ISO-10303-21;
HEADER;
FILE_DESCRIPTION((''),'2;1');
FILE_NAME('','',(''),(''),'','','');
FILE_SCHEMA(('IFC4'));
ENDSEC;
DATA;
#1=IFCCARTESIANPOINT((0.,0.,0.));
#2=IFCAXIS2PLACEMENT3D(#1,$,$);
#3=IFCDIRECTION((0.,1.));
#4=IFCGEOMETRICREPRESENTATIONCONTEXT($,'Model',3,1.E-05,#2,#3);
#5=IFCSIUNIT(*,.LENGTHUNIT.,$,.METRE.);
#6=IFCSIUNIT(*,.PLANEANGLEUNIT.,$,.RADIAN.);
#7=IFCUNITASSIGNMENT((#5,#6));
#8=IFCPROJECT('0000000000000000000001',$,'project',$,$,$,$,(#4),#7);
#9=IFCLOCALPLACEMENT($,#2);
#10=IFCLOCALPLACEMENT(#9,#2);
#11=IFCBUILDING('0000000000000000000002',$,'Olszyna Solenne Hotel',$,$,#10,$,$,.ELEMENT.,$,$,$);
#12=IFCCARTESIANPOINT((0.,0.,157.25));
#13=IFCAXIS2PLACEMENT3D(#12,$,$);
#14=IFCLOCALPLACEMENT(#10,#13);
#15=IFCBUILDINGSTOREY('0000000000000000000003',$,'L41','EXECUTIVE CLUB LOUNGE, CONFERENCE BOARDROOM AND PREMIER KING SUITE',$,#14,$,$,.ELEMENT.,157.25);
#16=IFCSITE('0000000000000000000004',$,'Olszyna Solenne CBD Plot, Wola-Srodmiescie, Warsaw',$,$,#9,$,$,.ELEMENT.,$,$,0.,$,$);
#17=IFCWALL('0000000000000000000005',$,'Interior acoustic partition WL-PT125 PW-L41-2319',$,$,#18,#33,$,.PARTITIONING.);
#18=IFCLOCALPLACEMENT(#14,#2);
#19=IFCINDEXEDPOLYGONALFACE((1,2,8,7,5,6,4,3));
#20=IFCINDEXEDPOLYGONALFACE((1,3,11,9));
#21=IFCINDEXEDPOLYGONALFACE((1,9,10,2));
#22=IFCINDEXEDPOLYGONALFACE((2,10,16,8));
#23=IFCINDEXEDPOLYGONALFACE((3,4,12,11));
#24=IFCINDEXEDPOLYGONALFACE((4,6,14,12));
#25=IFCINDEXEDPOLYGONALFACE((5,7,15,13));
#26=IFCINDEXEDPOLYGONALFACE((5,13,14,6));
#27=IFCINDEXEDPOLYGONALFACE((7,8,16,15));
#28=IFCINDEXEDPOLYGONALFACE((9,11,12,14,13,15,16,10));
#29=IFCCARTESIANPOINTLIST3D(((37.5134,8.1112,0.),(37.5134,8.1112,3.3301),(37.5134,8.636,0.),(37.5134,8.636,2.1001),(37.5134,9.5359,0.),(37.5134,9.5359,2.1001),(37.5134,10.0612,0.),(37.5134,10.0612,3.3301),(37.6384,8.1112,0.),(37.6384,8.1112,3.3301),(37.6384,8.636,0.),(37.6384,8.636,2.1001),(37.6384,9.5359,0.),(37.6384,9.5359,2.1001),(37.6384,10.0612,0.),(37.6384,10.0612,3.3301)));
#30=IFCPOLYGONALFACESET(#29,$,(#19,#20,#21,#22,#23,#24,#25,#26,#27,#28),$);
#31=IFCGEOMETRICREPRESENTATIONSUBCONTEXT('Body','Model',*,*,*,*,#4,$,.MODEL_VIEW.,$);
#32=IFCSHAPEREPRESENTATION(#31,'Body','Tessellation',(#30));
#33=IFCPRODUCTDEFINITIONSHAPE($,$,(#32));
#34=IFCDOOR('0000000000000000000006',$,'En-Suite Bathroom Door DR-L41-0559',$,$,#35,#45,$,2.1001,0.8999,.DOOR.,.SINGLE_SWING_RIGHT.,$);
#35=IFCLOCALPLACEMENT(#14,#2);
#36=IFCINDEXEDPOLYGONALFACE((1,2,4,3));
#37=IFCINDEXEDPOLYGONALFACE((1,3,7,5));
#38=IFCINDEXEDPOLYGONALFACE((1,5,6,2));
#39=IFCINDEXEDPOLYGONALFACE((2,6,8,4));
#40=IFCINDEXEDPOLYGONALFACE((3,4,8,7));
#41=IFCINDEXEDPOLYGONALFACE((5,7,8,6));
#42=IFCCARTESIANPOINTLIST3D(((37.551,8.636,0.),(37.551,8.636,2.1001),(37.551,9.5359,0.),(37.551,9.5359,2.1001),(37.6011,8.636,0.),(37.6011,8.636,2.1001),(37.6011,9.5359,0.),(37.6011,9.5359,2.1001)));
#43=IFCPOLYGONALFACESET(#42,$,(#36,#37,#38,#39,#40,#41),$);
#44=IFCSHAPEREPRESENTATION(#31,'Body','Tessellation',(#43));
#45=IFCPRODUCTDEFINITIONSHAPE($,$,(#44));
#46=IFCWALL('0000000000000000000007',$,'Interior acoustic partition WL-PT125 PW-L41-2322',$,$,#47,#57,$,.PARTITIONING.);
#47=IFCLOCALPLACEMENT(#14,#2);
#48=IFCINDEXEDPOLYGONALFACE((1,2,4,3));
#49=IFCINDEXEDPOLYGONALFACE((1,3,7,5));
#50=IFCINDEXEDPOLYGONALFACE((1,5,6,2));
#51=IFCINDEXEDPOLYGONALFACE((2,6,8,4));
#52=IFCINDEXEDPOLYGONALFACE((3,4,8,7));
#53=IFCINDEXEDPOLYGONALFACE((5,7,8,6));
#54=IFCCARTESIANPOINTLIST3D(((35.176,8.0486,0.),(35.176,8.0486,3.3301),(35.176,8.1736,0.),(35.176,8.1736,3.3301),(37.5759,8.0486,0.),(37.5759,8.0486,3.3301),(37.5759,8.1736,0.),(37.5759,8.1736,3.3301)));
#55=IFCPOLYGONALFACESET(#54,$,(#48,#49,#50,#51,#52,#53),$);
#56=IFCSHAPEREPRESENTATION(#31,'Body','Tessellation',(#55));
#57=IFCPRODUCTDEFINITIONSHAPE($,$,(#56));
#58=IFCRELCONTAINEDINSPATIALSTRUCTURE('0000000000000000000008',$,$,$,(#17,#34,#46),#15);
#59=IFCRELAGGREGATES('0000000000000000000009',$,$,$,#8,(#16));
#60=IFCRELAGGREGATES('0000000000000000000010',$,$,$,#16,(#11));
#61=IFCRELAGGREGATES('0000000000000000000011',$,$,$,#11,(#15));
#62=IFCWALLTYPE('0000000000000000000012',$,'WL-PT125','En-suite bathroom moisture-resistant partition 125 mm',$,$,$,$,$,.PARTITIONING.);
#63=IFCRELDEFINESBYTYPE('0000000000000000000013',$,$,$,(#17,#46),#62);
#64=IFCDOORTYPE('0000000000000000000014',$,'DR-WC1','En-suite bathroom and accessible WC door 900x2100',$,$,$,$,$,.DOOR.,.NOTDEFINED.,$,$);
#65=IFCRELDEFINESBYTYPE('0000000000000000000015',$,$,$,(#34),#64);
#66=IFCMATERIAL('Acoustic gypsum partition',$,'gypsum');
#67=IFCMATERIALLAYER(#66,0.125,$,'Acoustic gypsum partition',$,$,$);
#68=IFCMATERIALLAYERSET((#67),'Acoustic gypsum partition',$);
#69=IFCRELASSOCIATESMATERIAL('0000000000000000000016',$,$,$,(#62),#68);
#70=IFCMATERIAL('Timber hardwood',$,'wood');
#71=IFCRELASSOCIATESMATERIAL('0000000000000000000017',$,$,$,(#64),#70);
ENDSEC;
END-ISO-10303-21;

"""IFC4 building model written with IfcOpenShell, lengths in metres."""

from ifc_helpers import new_model, si_unit, direction, frame, frame_2d, origin, place, context, subcontext, project, spatial, rectangle, extrude, source, transform, mapped, material, layer, layer_set, type_object, type_shapes, element, fill, save


model = new_model("IFC4")

# Units and contexts
model_context = context("Model", 3, precision=1e-05, world=origin(), true_north=direction((0.0, 1.0)))
body_context = subcontext(model_context, "Body", "Model", "MODEL_VIEW")
ifc_project = project(units=[si_unit("LENGTHUNIT", "METRE"), si_unit("PLANEANGLEUNIT", "RADIAN")], contexts=[model_context])

# Site, building, storey
site_placement = place(None, origin())
site = spatial("IfcSite", under=ifc_project, at=site_placement, Name="Olszyna Solenne CBD Plot, Wola-Srodmiescie, Warsaw", CompositionType="ELEMENT", RefElevation=0.0)
building_placement = place(site_placement, origin())
building = spatial("IfcBuilding", under=site, at=building_placement, Name="Olszyna Solenne Hotel", CompositionType="ELEMENT")
storey_placement = place(building_placement, frame((0.0, 0.0, 157.25)))
storey = spatial("IfcBuildingStorey", under=building, at=storey_placement, Name="L41", Description="EXECUTIVE CLUB LOUNGE, CONFERENCE BOARDROOM AND PREMIER KING SUITE", CompositionType="ELEMENT", Elevation=157.25)

# Wall, opening, door
ifc_material_1 = material(Name="Acoustic gypsum partition", Category="gypsum")
ifc_layer_1 = layer(ifc_material_1, 0.125, Name="Acoustic gypsum partition")
ifc_layer_set_1 = layer_set([ifc_layer_1], Name="Acoustic gypsum partition")
wall_type_1 = type_object("IfcWallType", Name="WL-PT125", Description="En-suite bathroom moisture-resistant partition 125 mm", PredefinedType="PARTITIONING", material=ifc_layer_set_1)
wall_1_placement = place(storey_placement, frame((37.5759, 8.1111, 0.0), z_axis=(0.0, 0.0, 1.0), x_axis=(0.0, 1.0, 0.0)))
wall_1 = element("IfcWall", 1, at=wall_1_placement, inside=storey, type_object=wall_type_1, Name="Interior acoustic partition WL-PT125 PW-L41-2319", PredefinedType="PARTITIONING", context=body_context, shape_type="SweptSolid", body=[
    extrude(rectangle(XDim=1.95, YDim=0.125, at=frame_2d((0.9751, 0.0))), origin(), (0.0, 0.0, 1.0), 3.3301),
])
opening_placement = place(wall_1_placement, frame((0.5249, 0.0, 0.0)))
opening = element("IfcOpeningElement", 2, at=opening_placement, cuts=wall_1, PredefinedType="OPENING", context=body_context, shape_type="SweptSolid", body=[
    extrude(rectangle(XDim=0.8999, YDim=2.1001, at=frame_2d((0.45, 1.05))), frame((0.0, 0.0725, 0.0), z_axis=(0.0, -1.0, 0.0), x_axis=(1.0, 0.0, 0.0)), (0.0, 0.0, 1.0), 0.145),
])
ifc_material_2 = material(Name="Timber hardwood", Category="wood")
door_type = type_object("IfcDoorType", Name="DR-WC1", Description="En-suite bathroom and accessible WC door 900x2100", OperationType="NOTDEFINED", PredefinedType="DOOR", material=ifc_material_2)
shared_shape_1 = source(origin(), body_context, "Body", "SweptSolid", [
    extrude(rectangle(XDim=0.8999, YDim=2.1001, at=frame_2d((0.45, 1.05))), frame((0.0, 0.0249, 0.0), z_axis=(0.0, -1.0, 0.0), x_axis=(1.0, 0.0, 0.0)), (0.0, 0.0, 1.0), 0.05),
])
type_shapes(door_type, [shared_shape_1])
door_placement = place(opening_placement, origin())
door = element("IfcDoor", 3, at=door_placement, inside=storey, type_object=door_type, Name="En-Suite Bathroom Door DR-L41-0559", OperationType="SINGLE_SWING_RIGHT", OverallHeight=2.1001, OverallWidth=0.8999, PredefinedType="DOOR", context=body_context, shape_type="MappedRepresentation", body=[
    mapped(shared_shape_1, transform((0.0, 0.0, 0.0), x_axis=(1.0, 0.0, 0.0), y_axis=(0.0, 1.0, 0.0), z_axis=(0.0, 0.0, 1.0), scale=1.0)),
])
fill(opening, door)

# Wall
wall_2_placement = place(storey_placement, frame((35.176, 8.1111, 0.0), z_axis=(0.0, 0.0, 1.0), x_axis=(1.0, 0.0, 0.0)))
element("IfcWall", 4, at=wall_2_placement, inside=storey, type_object=wall_type_1, Name="Interior acoustic partition WL-PT125 PW-L41-2322", PredefinedType="PARTITIONING", context=body_context, shape_type="SweptSolid", body=[
    extrude(rectangle(XDim=2.3999, YDim=0.125, at=frame_2d((1.2, 0.0))), origin(), (0.0, 0.0, 1.0), 3.3301),
])

save(model, "model.ifc")
